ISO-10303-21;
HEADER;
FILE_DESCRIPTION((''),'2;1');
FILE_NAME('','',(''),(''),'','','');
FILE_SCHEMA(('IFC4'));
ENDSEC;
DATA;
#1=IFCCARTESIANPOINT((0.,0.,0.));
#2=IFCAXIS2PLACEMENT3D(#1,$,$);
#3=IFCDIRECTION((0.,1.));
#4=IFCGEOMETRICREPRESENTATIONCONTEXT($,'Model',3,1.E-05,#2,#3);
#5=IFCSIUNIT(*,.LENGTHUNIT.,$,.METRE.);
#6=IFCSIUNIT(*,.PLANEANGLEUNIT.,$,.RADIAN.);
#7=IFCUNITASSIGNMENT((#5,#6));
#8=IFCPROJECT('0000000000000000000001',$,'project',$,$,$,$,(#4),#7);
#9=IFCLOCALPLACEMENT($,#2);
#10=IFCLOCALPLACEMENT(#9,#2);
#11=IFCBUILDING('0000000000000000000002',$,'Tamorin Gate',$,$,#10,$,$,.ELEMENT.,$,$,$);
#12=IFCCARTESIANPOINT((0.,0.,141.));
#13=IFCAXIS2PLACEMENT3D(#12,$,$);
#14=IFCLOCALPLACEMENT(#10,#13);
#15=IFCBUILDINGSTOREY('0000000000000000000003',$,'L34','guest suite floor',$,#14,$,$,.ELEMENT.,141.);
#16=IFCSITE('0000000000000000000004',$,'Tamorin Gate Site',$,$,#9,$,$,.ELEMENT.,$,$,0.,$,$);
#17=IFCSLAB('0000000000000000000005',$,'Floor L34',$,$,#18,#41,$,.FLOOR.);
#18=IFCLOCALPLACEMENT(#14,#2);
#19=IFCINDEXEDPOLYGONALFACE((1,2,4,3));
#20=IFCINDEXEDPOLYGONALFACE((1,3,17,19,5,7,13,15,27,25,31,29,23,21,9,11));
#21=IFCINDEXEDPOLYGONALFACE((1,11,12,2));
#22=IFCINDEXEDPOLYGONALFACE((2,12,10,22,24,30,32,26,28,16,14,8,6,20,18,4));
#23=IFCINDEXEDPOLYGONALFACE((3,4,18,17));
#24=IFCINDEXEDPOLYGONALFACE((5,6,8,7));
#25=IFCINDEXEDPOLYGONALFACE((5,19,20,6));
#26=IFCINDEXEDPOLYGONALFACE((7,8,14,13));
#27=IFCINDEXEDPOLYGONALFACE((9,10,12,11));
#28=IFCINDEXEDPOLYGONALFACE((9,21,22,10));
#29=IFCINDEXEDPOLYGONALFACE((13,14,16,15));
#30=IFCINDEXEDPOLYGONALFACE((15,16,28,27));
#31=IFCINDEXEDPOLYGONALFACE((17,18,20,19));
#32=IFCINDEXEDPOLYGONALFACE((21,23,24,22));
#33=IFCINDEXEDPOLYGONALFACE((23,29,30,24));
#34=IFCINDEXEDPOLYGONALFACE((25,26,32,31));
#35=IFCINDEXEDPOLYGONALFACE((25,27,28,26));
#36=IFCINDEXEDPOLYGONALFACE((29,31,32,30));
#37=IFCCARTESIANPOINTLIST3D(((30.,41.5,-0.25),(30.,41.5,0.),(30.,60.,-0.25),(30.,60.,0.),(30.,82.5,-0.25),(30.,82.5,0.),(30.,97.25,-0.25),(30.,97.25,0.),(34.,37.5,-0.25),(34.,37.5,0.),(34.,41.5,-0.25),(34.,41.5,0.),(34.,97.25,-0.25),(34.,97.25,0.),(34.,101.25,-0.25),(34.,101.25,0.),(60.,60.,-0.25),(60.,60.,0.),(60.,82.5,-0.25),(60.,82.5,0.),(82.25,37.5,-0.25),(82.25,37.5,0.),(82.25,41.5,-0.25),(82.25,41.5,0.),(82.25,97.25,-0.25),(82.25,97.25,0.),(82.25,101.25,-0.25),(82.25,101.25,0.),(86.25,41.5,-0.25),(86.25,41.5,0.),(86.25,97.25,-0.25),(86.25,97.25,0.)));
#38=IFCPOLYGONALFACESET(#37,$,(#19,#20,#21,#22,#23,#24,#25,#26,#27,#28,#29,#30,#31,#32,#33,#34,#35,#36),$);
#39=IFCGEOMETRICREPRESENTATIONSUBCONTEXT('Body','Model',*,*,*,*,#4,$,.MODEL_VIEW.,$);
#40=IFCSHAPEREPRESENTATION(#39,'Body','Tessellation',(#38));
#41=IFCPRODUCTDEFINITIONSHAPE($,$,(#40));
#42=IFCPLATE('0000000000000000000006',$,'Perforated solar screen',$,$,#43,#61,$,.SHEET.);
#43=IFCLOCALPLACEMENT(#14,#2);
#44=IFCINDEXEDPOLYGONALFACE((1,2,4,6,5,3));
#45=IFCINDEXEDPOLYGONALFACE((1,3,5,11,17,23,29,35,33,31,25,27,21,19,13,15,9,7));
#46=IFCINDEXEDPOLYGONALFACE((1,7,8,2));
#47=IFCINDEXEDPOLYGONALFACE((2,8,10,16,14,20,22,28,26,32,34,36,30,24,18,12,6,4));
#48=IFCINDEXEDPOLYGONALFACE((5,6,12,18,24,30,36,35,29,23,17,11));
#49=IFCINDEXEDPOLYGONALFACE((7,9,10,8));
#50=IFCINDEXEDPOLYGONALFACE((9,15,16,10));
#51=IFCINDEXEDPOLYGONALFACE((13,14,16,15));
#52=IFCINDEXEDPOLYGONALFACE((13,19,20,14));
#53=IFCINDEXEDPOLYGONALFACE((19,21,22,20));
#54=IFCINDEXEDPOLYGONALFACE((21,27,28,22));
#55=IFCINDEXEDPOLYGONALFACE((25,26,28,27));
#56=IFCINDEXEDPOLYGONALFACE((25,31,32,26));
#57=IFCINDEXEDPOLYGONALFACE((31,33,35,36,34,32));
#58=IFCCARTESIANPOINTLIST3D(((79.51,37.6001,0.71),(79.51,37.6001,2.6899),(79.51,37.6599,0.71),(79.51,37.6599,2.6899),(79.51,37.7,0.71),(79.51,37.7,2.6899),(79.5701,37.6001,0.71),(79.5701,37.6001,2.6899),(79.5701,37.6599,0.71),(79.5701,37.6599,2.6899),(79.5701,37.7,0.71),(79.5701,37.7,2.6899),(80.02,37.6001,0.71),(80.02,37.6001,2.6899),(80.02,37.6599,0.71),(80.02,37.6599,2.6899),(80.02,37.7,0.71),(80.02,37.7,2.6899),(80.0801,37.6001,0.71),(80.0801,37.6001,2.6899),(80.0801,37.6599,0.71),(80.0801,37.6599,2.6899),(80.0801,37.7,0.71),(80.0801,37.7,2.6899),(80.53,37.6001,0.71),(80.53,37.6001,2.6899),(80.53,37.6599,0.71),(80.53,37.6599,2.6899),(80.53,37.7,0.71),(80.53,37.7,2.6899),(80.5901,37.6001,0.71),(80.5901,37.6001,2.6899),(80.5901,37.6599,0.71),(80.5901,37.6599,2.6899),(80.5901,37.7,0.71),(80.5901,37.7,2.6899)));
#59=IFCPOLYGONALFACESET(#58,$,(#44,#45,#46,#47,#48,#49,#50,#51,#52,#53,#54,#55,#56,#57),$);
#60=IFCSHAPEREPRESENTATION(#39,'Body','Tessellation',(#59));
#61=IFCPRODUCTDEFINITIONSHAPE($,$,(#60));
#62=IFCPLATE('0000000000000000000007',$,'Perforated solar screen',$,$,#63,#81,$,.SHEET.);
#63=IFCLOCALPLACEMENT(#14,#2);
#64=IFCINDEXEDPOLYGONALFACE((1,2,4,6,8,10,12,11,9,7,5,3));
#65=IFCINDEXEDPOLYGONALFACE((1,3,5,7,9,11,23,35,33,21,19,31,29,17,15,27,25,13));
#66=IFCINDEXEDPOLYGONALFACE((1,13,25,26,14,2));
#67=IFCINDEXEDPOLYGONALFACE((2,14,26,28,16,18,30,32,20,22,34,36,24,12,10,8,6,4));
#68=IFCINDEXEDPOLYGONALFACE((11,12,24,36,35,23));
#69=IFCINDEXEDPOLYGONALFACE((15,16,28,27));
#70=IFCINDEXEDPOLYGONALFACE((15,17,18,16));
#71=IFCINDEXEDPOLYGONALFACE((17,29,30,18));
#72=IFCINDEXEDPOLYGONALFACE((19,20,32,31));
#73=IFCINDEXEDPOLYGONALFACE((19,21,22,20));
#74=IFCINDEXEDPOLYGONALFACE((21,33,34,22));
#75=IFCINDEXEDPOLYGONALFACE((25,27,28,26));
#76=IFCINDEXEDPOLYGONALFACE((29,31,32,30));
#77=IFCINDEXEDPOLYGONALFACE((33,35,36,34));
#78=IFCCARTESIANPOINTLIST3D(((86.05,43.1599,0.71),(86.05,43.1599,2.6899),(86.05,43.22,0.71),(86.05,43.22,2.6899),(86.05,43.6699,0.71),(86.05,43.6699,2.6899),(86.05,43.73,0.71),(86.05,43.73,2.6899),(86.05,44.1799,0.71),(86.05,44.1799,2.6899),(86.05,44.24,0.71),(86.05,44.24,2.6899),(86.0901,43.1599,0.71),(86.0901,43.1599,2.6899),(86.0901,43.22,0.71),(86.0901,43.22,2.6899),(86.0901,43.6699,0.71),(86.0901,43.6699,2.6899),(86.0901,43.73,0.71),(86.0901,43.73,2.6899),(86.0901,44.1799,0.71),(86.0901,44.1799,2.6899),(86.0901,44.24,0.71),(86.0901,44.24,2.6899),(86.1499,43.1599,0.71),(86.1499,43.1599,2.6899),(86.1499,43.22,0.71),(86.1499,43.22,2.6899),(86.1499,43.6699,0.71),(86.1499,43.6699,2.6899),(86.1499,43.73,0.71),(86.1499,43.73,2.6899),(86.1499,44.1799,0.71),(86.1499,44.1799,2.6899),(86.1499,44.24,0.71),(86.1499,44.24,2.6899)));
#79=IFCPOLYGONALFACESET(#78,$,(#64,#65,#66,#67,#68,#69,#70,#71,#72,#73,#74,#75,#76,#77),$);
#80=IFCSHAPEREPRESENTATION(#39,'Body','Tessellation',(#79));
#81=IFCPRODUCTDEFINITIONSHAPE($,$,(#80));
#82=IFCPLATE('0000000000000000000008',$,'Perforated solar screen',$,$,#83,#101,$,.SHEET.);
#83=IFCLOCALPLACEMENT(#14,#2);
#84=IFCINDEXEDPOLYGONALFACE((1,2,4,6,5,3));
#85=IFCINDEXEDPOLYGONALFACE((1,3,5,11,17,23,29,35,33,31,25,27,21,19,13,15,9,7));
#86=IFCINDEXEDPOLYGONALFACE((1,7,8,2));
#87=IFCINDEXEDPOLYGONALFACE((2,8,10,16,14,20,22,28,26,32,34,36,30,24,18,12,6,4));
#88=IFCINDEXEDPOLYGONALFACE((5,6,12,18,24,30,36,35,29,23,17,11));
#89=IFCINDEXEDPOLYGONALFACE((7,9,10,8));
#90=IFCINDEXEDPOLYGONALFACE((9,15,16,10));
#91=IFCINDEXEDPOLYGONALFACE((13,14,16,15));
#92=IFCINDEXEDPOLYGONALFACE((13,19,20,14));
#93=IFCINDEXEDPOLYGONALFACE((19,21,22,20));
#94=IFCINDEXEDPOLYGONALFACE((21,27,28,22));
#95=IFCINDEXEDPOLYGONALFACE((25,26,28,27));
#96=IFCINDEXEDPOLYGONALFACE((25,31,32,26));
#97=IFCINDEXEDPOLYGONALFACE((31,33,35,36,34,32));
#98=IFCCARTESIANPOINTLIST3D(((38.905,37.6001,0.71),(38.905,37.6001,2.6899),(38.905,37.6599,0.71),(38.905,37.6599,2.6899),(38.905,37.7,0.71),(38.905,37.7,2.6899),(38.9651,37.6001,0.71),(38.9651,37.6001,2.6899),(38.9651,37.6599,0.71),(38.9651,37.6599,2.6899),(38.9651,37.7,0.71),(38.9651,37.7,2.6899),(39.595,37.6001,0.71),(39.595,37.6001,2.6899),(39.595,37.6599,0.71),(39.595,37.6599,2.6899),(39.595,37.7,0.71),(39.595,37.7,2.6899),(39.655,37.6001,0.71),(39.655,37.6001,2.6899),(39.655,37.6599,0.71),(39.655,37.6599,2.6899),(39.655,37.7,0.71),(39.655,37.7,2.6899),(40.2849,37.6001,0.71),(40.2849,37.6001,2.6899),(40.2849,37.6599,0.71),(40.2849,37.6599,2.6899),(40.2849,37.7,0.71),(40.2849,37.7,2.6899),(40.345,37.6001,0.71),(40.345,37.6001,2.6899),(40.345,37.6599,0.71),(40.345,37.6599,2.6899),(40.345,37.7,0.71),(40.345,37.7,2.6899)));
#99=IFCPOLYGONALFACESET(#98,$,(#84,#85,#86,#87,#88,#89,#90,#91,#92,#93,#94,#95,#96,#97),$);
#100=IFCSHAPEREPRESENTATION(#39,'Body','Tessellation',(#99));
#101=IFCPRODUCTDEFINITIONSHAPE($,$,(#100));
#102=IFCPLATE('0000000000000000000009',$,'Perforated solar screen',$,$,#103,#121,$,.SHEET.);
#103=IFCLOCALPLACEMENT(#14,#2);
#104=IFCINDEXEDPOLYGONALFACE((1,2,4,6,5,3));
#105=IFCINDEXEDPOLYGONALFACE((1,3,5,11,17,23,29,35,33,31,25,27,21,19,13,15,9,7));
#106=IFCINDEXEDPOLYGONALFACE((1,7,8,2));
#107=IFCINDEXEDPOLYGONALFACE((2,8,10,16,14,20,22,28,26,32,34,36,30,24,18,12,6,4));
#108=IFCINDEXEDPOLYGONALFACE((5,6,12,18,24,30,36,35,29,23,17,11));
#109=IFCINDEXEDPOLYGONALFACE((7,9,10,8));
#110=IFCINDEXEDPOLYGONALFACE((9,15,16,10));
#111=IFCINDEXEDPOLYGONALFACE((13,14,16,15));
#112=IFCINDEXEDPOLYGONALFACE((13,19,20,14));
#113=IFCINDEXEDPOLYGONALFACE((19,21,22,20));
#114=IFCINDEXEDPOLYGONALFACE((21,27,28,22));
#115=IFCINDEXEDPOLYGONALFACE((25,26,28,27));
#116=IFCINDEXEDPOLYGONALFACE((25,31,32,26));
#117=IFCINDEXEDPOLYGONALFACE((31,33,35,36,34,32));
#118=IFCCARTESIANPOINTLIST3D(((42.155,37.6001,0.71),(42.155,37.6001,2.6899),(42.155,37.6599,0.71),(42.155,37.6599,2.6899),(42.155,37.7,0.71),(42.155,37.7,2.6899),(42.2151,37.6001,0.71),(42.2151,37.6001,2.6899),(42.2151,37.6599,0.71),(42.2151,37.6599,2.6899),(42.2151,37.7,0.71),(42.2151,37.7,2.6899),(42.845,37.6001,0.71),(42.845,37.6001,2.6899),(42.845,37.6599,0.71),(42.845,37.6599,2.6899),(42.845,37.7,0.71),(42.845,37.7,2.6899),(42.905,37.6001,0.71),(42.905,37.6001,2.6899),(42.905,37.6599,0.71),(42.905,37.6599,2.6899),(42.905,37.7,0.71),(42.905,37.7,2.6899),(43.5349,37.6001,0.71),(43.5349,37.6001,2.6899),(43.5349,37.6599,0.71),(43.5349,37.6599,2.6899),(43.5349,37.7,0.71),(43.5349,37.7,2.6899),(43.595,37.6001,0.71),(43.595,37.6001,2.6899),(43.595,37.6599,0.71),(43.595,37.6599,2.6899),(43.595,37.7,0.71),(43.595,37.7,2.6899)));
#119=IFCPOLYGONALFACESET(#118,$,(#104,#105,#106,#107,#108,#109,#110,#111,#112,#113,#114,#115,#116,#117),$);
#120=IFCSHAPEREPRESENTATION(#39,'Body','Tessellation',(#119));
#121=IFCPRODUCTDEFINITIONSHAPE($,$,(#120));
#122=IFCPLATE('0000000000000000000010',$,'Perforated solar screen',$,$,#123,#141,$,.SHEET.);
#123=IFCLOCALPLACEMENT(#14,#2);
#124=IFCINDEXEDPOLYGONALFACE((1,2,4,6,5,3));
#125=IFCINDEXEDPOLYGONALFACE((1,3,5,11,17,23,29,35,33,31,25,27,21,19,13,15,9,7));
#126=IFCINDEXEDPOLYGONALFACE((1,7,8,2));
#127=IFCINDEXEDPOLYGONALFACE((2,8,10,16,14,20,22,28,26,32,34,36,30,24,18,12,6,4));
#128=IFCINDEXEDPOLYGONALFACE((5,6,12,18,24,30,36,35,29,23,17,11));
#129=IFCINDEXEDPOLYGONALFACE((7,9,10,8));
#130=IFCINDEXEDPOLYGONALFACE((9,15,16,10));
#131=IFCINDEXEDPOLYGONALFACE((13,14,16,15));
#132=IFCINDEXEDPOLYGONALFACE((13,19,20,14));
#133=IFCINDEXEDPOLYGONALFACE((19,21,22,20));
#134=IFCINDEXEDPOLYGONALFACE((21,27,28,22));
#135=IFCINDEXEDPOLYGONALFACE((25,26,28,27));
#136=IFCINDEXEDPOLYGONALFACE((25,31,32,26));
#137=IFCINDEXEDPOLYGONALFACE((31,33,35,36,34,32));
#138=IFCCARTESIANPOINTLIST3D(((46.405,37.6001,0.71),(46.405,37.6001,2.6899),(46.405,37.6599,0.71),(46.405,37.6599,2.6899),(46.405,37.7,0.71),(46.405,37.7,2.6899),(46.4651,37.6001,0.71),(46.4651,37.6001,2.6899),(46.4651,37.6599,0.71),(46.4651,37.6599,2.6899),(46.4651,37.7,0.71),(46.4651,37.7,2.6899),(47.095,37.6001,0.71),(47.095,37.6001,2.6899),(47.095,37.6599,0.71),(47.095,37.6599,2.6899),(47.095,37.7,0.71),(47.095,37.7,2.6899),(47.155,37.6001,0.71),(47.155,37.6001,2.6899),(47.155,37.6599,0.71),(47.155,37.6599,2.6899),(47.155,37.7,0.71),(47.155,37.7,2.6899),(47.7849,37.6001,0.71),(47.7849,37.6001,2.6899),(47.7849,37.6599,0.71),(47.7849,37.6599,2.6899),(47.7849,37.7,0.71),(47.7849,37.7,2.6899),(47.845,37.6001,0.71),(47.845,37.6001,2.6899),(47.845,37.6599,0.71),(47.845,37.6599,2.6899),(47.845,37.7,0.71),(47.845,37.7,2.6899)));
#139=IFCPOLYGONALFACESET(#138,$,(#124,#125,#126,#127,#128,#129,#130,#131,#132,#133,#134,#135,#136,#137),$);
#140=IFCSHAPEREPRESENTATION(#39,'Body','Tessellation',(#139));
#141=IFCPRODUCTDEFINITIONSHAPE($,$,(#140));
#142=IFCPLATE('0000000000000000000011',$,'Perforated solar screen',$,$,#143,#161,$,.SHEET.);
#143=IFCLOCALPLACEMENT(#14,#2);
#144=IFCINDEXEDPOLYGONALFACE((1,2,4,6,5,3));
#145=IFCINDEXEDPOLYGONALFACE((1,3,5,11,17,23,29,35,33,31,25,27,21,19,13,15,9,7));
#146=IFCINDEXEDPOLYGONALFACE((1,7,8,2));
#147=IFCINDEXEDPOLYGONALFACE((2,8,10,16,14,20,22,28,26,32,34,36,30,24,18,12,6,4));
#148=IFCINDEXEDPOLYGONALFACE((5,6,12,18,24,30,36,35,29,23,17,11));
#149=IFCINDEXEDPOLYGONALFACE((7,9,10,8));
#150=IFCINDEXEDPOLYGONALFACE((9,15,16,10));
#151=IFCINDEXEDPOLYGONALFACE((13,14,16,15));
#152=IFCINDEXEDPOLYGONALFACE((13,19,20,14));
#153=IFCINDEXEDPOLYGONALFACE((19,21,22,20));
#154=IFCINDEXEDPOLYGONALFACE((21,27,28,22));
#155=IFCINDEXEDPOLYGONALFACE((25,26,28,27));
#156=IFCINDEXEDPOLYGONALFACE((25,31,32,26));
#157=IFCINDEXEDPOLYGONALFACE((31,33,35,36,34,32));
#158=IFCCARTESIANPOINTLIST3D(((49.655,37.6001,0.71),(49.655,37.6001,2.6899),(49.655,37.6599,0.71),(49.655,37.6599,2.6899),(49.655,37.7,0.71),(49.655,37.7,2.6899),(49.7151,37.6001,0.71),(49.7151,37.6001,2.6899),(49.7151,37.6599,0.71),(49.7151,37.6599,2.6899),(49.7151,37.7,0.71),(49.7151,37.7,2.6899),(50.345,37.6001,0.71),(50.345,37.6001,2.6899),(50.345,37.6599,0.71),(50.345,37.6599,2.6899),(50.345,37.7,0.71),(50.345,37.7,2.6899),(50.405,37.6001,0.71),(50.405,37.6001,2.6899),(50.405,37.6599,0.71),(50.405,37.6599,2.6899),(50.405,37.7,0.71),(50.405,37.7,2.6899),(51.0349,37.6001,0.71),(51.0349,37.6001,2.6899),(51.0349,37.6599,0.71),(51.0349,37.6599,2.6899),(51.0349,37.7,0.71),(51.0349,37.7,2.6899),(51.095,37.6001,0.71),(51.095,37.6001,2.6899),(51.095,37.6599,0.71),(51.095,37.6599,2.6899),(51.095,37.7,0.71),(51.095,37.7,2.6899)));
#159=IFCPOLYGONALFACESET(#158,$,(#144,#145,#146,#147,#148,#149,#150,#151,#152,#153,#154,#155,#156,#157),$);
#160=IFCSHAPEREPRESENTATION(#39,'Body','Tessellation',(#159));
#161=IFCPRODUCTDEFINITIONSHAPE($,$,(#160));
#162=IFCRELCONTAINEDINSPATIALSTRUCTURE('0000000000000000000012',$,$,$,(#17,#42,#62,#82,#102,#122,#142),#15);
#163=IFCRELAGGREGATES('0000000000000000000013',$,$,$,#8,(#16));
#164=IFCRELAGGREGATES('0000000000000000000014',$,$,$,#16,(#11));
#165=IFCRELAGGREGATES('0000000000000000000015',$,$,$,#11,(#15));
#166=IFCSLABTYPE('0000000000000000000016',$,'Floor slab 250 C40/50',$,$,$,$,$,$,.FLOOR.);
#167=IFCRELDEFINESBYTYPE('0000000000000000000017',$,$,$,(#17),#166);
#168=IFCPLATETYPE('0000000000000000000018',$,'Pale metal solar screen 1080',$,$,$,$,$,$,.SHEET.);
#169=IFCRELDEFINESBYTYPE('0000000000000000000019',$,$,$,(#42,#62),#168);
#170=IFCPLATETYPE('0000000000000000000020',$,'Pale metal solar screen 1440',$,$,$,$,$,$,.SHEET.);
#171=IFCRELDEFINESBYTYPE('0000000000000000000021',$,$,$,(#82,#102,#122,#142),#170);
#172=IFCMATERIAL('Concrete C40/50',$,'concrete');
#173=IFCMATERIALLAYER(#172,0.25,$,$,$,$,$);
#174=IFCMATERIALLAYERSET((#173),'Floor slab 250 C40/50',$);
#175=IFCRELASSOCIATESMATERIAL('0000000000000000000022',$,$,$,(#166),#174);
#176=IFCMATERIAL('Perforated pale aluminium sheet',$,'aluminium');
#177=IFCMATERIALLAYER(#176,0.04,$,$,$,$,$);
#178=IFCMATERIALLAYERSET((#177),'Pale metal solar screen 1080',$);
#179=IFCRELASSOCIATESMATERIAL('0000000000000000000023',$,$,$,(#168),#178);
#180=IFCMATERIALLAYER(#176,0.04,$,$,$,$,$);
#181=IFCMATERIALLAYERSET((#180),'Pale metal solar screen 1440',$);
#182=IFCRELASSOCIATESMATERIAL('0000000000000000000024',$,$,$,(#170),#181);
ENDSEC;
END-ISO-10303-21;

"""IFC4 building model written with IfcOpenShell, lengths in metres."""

from ifc_helpers import new_model, si_unit, direction, frame, origin, place, context, subcontext, project, spatial, polyline, outline, extrude, material, layer, layer_set, type_object, element, save


model = new_model("IFC4")

# Units and contexts
model_context = context("Model", 3, precision=1e-05, world=origin(), true_north=direction((0.0, 1.0)))
body_context = subcontext(model_context, "Body", "Model", "MODEL_VIEW")
ifc_project = project(units=[si_unit("LENGTHUNIT", "METRE"), si_unit("PLANEANGLEUNIT", "RADIAN")], contexts=[model_context])

# Site, building, storey
site_placement = place(None, origin())
site = spatial("IfcSite", under=ifc_project, at=site_placement, Name="Tamorin Gate Site", CompositionType="ELEMENT", RefElevation=0.0)
building_placement = place(site_placement, origin())
building = spatial("IfcBuilding", under=site, at=building_placement, Name="Tamorin Gate", CompositionType="ELEMENT")
storey_placement = place(building_placement, frame((0.0, 0.0, 141.0)))
storey = spatial("IfcBuildingStorey", under=building, at=storey_placement, Name="L34", Description="guest suite floor", CompositionType="ELEMENT", Elevation=141.0)

# Slab
ifc_material_1 = material(Name="Concrete C40/50", Category="concrete")
ifc_layer_1 = layer(ifc_material_1, 0.25)
ifc_layer_set_1 = layer_set([ifc_layer_1], Name="Floor slab 250 C40/50")
slab_type = type_object("IfcSlabType", Name="Floor slab 250 C40/50", PredefinedType="FLOOR", material=ifc_layer_set_1)
slab_placement = place(storey_placement, frame((0.0, 0.0, -0.25)))
element("IfcSlab", 1, at=slab_placement, inside=storey, type_object=slab_type, Name="Floor L34", PredefinedType="FLOOR", context=body_context, shape_type="SweptSolid", body=[
    extrude(outline(polyline([(30.0, 97.25), (34.0, 97.25), (34.0, 101.25), (82.25, 101.25), (82.25, 97.25), (86.25, 97.25), (86.25, 41.5), (82.25, 41.5), (82.25, 37.5), (34.0, 37.5), (34.0, 41.5), (30.0, 41.5), (30.0, 60.0), (60.0, 60.0), (60.0, 82.5), (30.0, 82.5), (30.0, 97.25)])), origin(), (0.0, 0.0, 1.0), 0.25),
])

# Plates
ifc_material_2 = material(Name="Perforated pale aluminium sheet", Category="aluminium")
ifc_layer_2 = layer(ifc_material_2, 0.04)
ifc_layer_set_2 = layer_set([ifc_layer_2], Name="Pale metal solar screen 1080")
plate_type_1 = type_object("IfcPlateType", Name="Pale metal solar screen 1080", PredefinedType="SHEET", material=ifc_layer_set_2)
plate_1_placement = place(storey_placement, frame((0.0, 0.0, 0.71)))
element("IfcPlate", 2, at=plate_1_placement, inside=storey, type_object=plate_type_1, Name="Perforated solar screen", PredefinedType="SHEET", context=body_context, shape_type="SweptSolid", body=[
    extrude(outline(polyline([(79.51, 37.6599), (79.51, 37.7), (79.5701, 37.7), (80.02, 37.7), (80.0801, 37.7), (80.53, 37.7), (80.5901, 37.7), (80.5901, 37.6599), (80.5901, 37.6001), (80.53, 37.6001), (80.53, 37.6599), (80.0801, 37.6599), (80.0801, 37.6001), (80.02, 37.6001), (80.02, 37.6599), (79.5701, 37.6599), (79.5701, 37.6001), (79.51, 37.6001), (79.51, 37.6599)])), origin(), (0.0, 0.0, 1.0), 1.98),
])
plate_2_placement = place(storey_placement, frame((0.0, 0.0, 0.71)))
element("IfcPlate", 3, at=plate_2_placement, inside=storey, type_object=plate_type_1, Name="Perforated solar screen", PredefinedType="SHEET", context=body_context, shape_type="SweptSolid", body=[
    extrude(outline(polyline([(86.0901, 43.1599), (86.05, 43.1599), (86.05, 43.22), (86.05, 43.6699), (86.05, 43.73), (86.05, 44.1799), (86.05, 44.24), (86.0901, 44.24), (86.1499, 44.24), (86.1499, 44.1799), (86.0901, 44.1799), (86.0901, 43.73), (86.1499, 43.73), (86.1499, 43.6699), (86.0901, 43.6699), (86.0901, 43.22), (86.1499, 43.22), (86.1499, 43.1599), (86.0901, 43.1599)])), origin(), (0.0, 0.0, 1.0), 1.98),
])
ifc_layer_3 = layer(ifc_material_2, 0.04)
ifc_layer_set_3 = layer_set([ifc_layer_3], Name="Pale metal solar screen 1440")
plate_type_2 = type_object("IfcPlateType", Name="Pale metal solar screen 1440", PredefinedType="SHEET", material=ifc_layer_set_3)
plate_3_placement = place(storey_placement, frame((0.0, 0.0, 0.71)))
element("IfcPlate", 4, at=plate_3_placement, inside=storey, type_object=plate_type_2, Name="Perforated solar screen", PredefinedType="SHEET", context=body_context, shape_type="SweptSolid", body=[
    extrude(outline(polyline([(38.905, 37.6599), (38.905, 37.7), (38.9651, 37.7), (39.595, 37.7), (39.655, 37.7), (40.2849, 37.7), (40.345, 37.7), (40.345, 37.7), (40.345, 37.6599), (40.345, 37.6599), (40.345, 37.6001), (40.2849, 37.6001), (40.2849, 37.6599), (39.655, 37.6599), (39.655, 37.6001), (39.595, 37.6001), (39.595, 37.6599), (38.9651, 37.6599), (38.9651, 37.6001), (38.905, 37.6001), (38.905, 37.6599)])), origin(), (0.0, 0.0, 1.0), 1.98),
])
plate_4_placement = place(storey_placement, frame((0.0, 0.0, 0.71)))
element("IfcPlate", 5, at=plate_4_placement, inside=storey, type_object=plate_type_2, Name="Perforated solar screen", PredefinedType="SHEET", context=body_context, shape_type="SweptSolid", body=[
    extrude(outline(polyline([(42.155, 37.6599), (42.155, 37.7), (42.2151, 37.7), (42.845, 37.7), (42.905, 37.7), (43.5349, 37.7), (43.595, 37.7), (43.595, 37.6599), (43.595, 37.6001), (43.5349, 37.6001), (43.5349, 37.6599), (42.905, 37.6599), (42.905, 37.6001), (42.845, 37.6001), (42.845, 37.6599), (42.2151, 37.6599), (42.2151, 37.6001), (42.155, 37.6001), (42.155, 37.6599)])), origin(), (0.0, 0.0, 1.0), 1.98),
])
plate_5_placement = place(storey_placement, frame((0.0, 0.0, 0.71)))
element("IfcPlate", 6, at=plate_5_placement, inside=storey, type_object=plate_type_2, Name="Perforated solar screen", PredefinedType="SHEET", context=body_context, shape_type="SweptSolid", body=[
    extrude(outline(polyline([(46.405, 37.6599), (46.405, 37.7), (46.4651, 37.7), (47.095, 37.7), (47.155, 37.7), (47.7849, 37.7), (47.845, 37.7), (47.845, 37.6599), (47.845, 37.6001), (47.7849, 37.6001), (47.7849, 37.6599), (47.155, 37.6599), (47.155, 37.6001), (47.095, 37.6001), (47.095, 37.6599), (46.4651, 37.6599), (46.4651, 37.6001), (46.405, 37.6001), (46.405, 37.6599)])), origin(), (0.0, 0.0, 1.0), 1.98),
])
plate_6_placement = place(storey_placement, frame((0.0, 0.0, 0.71)))
element("IfcPlate", 7, at=plate_6_placement, inside=storey, type_object=plate_type_2, Name="Perforated solar screen", PredefinedType="SHEET", context=body_context, shape_type="SweptSolid", body=[
    extrude(outline(polyline([(49.655, 37.6599), (49.655, 37.7), (49.7151, 37.7), (50.345, 37.7), (50.405, 37.7), (51.0349, 37.7), (51.095, 37.7), (51.095, 37.6599), (51.095, 37.6001), (51.0349, 37.6001), (51.0349, 37.6599), (50.405, 37.6599), (50.405, 37.6001), (50.345, 37.6001), (50.345, 37.6599), (49.7151, 37.6599), (49.7151, 37.6001), (49.655, 37.6001), (49.655, 37.6599)])), origin(), (0.0, 0.0, 1.0), 1.98),
])

save(model, "model.ifc")
